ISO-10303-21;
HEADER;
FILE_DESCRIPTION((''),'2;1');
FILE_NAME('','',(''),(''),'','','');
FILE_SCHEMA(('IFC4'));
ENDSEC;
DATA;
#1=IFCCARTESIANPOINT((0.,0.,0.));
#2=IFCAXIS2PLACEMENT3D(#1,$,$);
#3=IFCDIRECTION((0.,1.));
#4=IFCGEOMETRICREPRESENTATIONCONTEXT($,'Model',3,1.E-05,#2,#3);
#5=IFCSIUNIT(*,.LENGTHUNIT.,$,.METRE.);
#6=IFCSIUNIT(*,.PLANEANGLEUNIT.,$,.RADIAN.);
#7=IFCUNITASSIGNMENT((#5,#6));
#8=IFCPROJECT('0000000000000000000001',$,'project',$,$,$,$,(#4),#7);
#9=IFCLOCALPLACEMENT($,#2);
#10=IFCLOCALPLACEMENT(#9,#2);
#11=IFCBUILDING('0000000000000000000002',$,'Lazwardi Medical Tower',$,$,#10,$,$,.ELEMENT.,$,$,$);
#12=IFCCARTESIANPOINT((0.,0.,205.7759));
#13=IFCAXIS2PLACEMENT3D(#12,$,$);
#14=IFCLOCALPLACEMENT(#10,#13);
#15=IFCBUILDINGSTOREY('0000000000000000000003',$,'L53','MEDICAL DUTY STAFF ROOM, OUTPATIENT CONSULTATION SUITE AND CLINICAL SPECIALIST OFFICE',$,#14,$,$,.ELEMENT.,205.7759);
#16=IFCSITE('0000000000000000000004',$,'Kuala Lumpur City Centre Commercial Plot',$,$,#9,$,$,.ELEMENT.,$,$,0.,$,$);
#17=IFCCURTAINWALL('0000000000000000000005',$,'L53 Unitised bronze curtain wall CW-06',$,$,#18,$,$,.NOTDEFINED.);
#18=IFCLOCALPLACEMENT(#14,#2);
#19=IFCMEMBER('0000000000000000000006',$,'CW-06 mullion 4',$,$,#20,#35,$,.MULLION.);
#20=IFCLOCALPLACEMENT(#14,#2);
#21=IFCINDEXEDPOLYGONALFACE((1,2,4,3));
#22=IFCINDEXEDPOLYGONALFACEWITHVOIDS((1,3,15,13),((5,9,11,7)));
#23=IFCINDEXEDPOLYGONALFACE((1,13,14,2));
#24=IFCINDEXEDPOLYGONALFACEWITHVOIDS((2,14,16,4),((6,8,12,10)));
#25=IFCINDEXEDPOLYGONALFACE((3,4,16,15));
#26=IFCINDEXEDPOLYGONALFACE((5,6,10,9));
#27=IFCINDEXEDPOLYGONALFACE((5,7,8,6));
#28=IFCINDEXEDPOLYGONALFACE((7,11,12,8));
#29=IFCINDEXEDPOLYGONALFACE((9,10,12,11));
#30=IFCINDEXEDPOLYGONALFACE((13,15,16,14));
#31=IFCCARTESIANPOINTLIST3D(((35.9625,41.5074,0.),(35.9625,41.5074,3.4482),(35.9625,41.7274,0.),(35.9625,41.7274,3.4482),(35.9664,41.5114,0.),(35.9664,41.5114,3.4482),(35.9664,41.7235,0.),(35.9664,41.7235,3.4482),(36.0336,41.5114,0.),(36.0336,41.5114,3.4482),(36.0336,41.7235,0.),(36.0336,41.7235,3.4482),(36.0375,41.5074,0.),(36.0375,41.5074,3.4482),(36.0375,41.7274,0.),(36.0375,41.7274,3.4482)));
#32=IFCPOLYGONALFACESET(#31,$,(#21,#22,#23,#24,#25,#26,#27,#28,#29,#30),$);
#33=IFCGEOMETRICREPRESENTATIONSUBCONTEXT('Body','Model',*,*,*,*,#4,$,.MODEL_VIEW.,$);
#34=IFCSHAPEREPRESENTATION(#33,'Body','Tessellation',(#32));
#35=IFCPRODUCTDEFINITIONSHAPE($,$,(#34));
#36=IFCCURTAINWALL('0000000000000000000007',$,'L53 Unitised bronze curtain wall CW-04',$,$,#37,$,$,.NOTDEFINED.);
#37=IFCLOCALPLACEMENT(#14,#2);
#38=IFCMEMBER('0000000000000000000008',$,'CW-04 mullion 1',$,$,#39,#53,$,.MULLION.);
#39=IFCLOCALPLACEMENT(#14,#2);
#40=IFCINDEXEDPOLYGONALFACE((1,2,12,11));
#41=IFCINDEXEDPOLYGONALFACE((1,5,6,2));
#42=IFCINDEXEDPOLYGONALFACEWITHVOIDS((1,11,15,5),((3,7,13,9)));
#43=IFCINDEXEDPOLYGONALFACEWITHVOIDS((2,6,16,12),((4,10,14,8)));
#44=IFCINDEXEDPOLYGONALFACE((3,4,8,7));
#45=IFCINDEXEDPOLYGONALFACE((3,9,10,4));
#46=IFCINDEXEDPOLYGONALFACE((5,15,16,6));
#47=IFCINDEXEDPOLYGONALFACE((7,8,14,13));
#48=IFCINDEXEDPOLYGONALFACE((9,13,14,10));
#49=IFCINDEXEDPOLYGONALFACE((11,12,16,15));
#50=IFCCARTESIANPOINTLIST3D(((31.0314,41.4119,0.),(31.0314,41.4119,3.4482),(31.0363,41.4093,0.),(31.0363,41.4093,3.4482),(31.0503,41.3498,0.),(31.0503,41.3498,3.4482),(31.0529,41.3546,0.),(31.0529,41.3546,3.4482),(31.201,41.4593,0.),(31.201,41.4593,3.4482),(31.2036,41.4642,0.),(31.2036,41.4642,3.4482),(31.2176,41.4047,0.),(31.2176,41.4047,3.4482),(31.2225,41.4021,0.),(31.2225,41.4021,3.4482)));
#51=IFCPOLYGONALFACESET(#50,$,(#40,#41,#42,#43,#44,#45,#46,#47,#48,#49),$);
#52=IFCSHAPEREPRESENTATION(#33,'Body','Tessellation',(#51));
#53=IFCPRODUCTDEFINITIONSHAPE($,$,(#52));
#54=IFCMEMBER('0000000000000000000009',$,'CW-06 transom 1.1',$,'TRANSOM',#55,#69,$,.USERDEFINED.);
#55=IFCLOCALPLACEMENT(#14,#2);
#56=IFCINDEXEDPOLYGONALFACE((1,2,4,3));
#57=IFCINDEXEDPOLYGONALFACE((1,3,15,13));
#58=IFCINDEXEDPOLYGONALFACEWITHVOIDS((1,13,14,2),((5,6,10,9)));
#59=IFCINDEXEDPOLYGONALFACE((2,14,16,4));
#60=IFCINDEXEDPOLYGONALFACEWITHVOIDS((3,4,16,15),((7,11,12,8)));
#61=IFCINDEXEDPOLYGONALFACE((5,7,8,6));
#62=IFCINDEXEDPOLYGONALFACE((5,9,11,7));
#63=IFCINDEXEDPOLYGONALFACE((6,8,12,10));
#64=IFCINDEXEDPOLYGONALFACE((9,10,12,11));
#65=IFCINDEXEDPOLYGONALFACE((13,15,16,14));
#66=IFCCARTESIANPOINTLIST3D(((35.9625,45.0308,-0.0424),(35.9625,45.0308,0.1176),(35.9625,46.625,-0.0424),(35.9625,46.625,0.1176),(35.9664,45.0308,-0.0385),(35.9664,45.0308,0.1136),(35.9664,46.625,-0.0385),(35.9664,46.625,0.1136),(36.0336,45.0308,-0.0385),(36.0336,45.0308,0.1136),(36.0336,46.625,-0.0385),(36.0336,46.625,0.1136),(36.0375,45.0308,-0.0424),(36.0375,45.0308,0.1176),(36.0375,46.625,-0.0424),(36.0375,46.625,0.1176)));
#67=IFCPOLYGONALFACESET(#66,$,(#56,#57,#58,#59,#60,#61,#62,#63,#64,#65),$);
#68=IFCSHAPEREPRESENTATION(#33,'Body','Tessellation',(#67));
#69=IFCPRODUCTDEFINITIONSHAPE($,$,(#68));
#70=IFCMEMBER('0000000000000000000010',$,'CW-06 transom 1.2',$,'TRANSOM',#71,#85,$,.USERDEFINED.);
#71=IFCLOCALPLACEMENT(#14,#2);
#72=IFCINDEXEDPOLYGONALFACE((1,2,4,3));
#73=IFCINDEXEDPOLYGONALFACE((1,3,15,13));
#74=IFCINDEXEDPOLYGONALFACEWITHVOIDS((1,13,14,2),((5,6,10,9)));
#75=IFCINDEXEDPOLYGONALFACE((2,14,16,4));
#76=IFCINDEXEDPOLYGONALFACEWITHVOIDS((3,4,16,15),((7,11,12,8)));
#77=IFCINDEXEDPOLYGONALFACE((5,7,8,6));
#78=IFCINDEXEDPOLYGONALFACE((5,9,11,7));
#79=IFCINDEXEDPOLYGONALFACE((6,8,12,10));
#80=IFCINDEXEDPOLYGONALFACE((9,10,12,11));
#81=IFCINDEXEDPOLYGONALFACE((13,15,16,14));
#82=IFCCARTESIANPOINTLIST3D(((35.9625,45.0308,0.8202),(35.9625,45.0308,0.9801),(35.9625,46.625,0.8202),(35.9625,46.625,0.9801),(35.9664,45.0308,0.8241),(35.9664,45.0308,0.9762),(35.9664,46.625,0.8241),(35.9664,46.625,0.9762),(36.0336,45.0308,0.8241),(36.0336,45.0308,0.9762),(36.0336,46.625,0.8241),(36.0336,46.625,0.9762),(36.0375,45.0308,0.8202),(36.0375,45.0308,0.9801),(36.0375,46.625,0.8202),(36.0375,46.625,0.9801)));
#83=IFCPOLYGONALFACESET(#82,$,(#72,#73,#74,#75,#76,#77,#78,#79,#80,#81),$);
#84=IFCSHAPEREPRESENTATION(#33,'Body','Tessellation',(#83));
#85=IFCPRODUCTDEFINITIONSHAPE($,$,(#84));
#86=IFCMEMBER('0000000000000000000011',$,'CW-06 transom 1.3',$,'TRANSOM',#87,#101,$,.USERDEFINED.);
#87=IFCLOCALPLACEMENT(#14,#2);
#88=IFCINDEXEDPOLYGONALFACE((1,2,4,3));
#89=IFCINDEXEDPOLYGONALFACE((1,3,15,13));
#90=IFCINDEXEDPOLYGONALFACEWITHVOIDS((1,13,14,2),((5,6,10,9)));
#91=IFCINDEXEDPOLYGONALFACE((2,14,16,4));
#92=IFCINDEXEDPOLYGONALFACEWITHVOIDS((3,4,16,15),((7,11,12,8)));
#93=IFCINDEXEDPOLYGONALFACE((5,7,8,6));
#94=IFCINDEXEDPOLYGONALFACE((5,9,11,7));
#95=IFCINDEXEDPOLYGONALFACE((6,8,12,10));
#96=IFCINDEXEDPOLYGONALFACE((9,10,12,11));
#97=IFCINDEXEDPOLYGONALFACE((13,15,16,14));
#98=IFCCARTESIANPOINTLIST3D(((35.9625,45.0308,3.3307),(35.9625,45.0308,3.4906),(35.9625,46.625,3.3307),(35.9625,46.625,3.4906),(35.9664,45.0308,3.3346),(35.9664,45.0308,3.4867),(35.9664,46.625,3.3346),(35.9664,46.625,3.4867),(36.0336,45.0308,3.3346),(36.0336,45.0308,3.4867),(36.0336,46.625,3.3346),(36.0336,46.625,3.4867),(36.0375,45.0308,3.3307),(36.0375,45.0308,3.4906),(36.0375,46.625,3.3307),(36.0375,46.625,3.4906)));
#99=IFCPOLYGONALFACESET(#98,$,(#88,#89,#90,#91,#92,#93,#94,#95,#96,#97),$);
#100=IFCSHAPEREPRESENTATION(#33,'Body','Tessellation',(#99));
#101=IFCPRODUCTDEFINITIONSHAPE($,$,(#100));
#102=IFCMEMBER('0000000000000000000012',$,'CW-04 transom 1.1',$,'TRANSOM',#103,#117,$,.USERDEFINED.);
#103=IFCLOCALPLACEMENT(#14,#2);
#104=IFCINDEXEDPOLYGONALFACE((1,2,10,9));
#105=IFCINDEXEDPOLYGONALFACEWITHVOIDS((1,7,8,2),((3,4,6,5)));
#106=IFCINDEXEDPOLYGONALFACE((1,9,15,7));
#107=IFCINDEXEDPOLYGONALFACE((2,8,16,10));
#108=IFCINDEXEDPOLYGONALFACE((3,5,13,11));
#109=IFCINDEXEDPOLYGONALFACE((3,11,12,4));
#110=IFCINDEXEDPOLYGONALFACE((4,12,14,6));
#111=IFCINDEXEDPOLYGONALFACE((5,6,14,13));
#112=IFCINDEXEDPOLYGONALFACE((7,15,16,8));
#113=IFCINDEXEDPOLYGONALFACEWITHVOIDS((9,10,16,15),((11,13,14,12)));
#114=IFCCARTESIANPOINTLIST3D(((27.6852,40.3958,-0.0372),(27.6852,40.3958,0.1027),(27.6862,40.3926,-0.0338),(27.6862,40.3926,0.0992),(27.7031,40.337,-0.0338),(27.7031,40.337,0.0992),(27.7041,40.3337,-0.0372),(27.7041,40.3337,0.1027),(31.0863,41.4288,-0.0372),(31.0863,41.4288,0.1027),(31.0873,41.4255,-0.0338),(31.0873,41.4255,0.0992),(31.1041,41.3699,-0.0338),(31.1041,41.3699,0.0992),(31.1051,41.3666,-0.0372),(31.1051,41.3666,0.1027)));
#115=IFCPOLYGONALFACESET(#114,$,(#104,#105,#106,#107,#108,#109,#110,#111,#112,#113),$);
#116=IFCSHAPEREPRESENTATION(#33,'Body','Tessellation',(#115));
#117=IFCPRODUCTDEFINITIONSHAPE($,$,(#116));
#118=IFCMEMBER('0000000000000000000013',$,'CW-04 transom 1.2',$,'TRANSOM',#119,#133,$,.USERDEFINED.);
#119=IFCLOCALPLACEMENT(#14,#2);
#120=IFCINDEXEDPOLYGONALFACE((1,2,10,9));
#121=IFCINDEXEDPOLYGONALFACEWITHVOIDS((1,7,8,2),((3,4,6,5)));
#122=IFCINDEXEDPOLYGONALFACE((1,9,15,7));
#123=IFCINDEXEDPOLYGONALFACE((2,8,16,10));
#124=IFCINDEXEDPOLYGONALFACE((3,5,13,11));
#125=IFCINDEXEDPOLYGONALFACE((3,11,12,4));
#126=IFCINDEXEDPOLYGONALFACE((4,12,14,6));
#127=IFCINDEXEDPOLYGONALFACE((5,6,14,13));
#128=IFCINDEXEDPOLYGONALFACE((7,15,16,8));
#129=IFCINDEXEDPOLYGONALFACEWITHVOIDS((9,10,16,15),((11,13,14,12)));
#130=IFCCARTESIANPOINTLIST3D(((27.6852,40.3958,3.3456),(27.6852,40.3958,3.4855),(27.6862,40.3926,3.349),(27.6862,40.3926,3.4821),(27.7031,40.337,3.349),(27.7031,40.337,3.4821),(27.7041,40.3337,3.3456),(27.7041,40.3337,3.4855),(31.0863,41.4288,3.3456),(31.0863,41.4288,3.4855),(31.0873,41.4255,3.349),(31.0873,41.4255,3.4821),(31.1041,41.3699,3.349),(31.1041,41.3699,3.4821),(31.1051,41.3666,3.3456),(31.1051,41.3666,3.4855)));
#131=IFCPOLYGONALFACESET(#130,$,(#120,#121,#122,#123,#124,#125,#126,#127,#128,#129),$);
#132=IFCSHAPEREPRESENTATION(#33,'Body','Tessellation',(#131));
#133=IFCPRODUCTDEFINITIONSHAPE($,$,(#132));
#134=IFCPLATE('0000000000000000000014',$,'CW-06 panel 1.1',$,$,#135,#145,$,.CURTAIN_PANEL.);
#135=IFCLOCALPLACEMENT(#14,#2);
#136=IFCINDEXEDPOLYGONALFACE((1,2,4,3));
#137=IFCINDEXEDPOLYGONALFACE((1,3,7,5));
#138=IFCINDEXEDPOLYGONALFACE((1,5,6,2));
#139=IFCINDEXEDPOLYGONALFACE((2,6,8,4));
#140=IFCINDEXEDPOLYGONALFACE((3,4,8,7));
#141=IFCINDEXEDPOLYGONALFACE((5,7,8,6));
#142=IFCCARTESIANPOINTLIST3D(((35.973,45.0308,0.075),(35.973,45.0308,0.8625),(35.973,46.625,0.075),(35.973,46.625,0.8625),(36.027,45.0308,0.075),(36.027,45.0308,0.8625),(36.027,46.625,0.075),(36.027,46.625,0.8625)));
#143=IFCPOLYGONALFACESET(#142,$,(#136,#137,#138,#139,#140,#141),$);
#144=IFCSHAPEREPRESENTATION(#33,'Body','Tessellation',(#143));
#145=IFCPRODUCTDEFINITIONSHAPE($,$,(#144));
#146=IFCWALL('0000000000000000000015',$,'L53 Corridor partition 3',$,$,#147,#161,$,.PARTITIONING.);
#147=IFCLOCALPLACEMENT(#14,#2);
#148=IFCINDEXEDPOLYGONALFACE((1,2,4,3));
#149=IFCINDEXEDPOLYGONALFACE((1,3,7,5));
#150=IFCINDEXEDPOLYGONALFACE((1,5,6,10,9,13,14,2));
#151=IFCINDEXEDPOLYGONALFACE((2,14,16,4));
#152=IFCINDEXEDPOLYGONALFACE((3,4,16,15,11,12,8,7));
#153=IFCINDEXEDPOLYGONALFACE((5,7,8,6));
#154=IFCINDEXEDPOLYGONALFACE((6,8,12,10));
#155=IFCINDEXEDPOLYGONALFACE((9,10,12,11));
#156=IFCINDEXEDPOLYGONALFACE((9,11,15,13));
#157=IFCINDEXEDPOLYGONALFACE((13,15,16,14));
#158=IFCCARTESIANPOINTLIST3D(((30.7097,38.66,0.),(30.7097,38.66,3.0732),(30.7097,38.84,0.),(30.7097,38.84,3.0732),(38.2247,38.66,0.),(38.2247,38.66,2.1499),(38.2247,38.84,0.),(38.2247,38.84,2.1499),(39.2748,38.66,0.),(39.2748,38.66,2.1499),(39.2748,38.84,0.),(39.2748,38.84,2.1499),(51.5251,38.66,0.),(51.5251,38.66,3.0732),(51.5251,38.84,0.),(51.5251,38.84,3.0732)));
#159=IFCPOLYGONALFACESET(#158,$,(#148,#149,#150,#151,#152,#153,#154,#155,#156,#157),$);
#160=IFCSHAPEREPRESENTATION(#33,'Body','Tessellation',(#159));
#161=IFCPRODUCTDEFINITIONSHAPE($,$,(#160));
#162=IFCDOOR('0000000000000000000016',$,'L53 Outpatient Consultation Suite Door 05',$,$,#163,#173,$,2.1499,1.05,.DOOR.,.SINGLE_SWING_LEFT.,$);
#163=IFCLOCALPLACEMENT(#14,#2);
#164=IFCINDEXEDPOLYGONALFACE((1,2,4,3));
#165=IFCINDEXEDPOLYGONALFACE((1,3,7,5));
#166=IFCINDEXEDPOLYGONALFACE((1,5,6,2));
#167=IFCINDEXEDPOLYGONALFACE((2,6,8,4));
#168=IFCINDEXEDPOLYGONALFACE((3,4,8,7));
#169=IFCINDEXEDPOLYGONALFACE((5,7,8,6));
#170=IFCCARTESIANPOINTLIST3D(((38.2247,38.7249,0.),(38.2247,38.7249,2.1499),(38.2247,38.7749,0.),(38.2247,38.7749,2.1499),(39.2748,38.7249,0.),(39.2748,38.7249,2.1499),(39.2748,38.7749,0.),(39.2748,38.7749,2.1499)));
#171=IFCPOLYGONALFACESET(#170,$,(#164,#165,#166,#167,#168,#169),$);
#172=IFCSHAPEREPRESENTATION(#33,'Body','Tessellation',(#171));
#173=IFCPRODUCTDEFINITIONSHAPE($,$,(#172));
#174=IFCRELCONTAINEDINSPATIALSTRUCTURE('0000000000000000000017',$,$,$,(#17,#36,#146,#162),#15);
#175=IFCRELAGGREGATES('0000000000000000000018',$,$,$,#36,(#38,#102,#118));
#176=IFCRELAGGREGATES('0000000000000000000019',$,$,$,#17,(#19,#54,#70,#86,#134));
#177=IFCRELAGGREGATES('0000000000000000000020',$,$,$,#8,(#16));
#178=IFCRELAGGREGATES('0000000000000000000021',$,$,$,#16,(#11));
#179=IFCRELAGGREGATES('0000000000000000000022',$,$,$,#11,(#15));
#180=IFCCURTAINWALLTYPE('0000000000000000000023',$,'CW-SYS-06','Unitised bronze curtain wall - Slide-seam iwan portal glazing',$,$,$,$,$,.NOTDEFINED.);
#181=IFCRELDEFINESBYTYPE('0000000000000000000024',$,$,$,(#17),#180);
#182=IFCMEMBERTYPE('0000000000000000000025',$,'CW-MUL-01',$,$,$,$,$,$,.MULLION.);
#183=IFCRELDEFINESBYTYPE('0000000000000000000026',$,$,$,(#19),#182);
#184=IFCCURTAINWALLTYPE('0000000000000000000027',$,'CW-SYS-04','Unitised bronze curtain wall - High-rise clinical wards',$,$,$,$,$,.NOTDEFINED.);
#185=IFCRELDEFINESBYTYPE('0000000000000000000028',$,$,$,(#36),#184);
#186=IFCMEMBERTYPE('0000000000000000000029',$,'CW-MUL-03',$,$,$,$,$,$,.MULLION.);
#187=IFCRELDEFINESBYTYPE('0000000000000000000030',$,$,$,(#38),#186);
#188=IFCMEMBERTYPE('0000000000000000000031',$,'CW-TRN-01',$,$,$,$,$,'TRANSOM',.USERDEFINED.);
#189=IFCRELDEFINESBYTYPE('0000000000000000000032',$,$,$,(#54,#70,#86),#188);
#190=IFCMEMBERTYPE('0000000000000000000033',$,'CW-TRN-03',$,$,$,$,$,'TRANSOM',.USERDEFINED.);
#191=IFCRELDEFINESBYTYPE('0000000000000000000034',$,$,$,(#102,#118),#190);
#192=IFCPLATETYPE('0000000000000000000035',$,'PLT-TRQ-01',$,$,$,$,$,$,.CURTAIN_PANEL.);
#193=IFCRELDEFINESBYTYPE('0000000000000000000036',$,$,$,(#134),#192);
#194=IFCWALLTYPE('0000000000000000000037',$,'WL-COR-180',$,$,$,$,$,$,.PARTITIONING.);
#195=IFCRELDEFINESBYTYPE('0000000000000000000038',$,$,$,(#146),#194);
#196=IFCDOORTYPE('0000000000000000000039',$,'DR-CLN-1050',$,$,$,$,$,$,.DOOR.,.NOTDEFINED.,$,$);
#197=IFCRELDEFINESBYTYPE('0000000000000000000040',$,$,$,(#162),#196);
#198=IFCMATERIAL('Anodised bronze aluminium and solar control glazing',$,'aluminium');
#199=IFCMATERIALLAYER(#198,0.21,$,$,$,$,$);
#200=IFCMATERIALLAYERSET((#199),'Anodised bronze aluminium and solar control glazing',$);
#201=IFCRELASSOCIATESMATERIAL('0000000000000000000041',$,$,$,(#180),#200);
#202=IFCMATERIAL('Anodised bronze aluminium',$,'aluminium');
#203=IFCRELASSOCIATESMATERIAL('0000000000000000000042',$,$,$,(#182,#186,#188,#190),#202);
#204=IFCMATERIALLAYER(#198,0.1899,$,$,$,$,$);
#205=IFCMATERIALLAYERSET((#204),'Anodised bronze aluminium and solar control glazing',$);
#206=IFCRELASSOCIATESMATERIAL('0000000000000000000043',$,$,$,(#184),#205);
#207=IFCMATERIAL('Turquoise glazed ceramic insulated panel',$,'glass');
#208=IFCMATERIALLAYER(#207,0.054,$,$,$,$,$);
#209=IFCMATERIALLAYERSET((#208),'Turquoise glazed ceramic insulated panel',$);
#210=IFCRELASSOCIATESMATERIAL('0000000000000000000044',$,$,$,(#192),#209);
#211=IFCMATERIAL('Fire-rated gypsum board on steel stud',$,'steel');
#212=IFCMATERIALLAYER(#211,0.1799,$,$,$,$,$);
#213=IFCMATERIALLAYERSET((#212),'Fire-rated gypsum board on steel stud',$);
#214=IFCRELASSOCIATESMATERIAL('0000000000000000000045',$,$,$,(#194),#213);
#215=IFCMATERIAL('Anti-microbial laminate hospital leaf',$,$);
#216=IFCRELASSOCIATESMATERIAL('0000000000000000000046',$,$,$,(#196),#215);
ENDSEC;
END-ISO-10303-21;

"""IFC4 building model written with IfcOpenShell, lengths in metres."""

from ifc_helpers import new_model, si_unit, direction, frame, frame_2d, origin, origin_2d, place, context, subcontext, project, spatial, rectangle, hollow_rectangle, extrude, material, layer, layer_set, material_profile, profile_set, type_object, element, fill, aggregate, save


model = new_model("IFC4")

# Units and contexts
model_context = context("Model", 3, precision=1e-05, world=origin(), true_north=direction((0.0, 1.0)))
body_context = subcontext(model_context, "Body", "Model", "MODEL_VIEW")
ifc_project = project(units=[si_unit("LENGTHUNIT", "METRE"), si_unit("PLANEANGLEUNIT", "RADIAN")], contexts=[model_context])

# Site, building, storey
site_placement = place(None, origin())
site = spatial("IfcSite", under=ifc_project, at=site_placement, Name="Kuala Lumpur City Centre Commercial Plot", CompositionType="ELEMENT", RefElevation=0.0)
building_placement = place(site_placement, origin())
building = spatial("IfcBuilding", under=site, at=building_placement, Name="Lazwardi Medical Tower", CompositionType="ELEMENT")
storey_placement = place(building_placement, frame((0.0, 0.0, 205.7759)))
storey = spatial("IfcBuildingStorey", under=building, at=storey_placement, Name="L53", Description="MEDICAL DUTY STAFF ROOM, OUTPATIENT CONSULTATION SUITE AND CLINICAL SPECIALIST OFFICE", CompositionType="ELEMENT", Elevation=205.7759)

# Curtain wall, member
ifc_material_1 = material(Name="Anodised bronze aluminium and solar control glazing", Category="aluminium")
ifc_layer_1 = layer(ifc_material_1, 0.21)
ifc_layer_set_1 = layer_set([ifc_layer_1], Name="Anodised bronze aluminium and solar control glazing")
curtain_wall_type_1 = type_object("IfcCurtainWallType", Name="CW-SYS-06", Description="Unitised bronze curtain wall - Slide-seam iwan portal glazing", PredefinedType="NOTDEFINED", material=ifc_layer_set_1)
curtain_wall_1_placement = place(storey_placement, origin())
curtain_wall_1 = element("IfcCurtainWall", 1, at=curtain_wall_1_placement, inside=storey, type_object=curtain_wall_type_1, Name="L53 Unitised bronze curtain wall CW-06", PredefinedType="NOTDEFINED")
ifc_material_2 = material(Name="Anodised bronze aluminium", Category="aluminium")
ifc_material_profile_1 = material_profile(ifc_material_2, hollow_rectangle(XDim=0.075, YDim=0.22, WallThickness=0.0039, at=origin_2d()), Name="ALU-MULLION 220x75x4")
ifc_profile_set_1 = profile_set([ifc_material_profile_1], Name="Anodised bronze aluminium")
member_type_1 = type_object("IfcMemberType", Name="CW-MUL-01", PredefinedType="MULLION", material=ifc_profile_set_1)
member_1_placement = place(storey_placement, frame((36.0, 41.6174, 0.0), z_axis=(0.0, 0.0, 1.0), x_axis=(1.0, 0.0, 0.0)))
member_1 = element("IfcMember", 2, at=member_1_placement, type_object=member_type_1, Name="CW-06 mullion 4", PredefinedType="MULLION", context=body_context, shape_type="SweptSolid", body=[
    extrude(hollow_rectangle(XDim=0.075, YDim=0.22, WallThickness=0.0039, at=origin_2d()), origin(), (0.0, 0.0, 1.0), 3.4482),
])

# Curtain wall, member
ifc_layer_2 = layer(ifc_material_1, 0.1899)
ifc_layer_set_2 = layer_set([ifc_layer_2], Name="Anodised bronze aluminium and solar control glazing")
curtain_wall_type_2 = type_object("IfcCurtainWallType", Name="CW-SYS-04", Description="Unitised bronze curtain wall - High-rise clinical wards", PredefinedType="NOTDEFINED", material=ifc_layer_set_2)
curtain_wall_2_placement = place(storey_placement, origin())
curtain_wall_2 = element("IfcCurtainWall", 3, at=curtain_wall_2_placement, inside=storey, type_object=curtain_wall_type_2, Name="L53 Unitised bronze curtain wall CW-04", PredefinedType="NOTDEFINED")
ifc_material_profile_2 = material_profile(ifc_material_2, hollow_rectangle(XDim=0.0649, YDim=0.1799, WallThickness=0.0039, at=origin_2d()), Name="ALU-MULLION 180x65x4")
ifc_profile_set_2 = profile_set([ifc_material_profile_2], Name="Anodised bronze aluminium")
member_type_2 = type_object("IfcMemberType", Name="CW-MUL-03", PredefinedType="MULLION", material=ifc_profile_set_2)
member_2_placement = place(storey_placement, frame((31.127, 41.407, 0.0), z_axis=(0.0, 0.0, 1.0), x_axis=(0.290582, -0.95685, 0.0)))
member_2 = element("IfcMember", 4, at=member_2_placement, type_object=member_type_2, Name="CW-04 mullion 1", PredefinedType="MULLION", context=body_context, shape_type="SweptSolid", body=[
    extrude(hollow_rectangle(XDim=0.0649, YDim=0.1799, WallThickness=0.0039, at=origin_2d()), origin(), (0.0, 0.0, 1.0), 3.4482),
])

# Members
ifc_material_profile_3 = material_profile(ifc_material_2, hollow_rectangle(XDim=0.075, YDim=0.1599, WallThickness=0.0039, at=origin_2d()), Name="ALU-TRANSOM 160x75x4")
ifc_profile_set_3 = profile_set([ifc_material_profile_3], Name="Anodised bronze aluminium")
member_type_3 = type_object("IfcMemberType", Name="CW-TRN-01", ElementType="TRANSOM", PredefinedType="USERDEFINED", material=ifc_profile_set_3)
member_3_placement = place(storey_placement, frame((36.0, 46.625, 0.0376), z_axis=(0.0, -1.0, 0.0), x_axis=(1.0, 0.0, 0.0)))
member_3 = element("IfcMember", 5, at=member_3_placement, type_object=member_type_3, Name="CW-06 transom 1.1", ObjectType="TRANSOM", PredefinedType="USERDEFINED", context=body_context, shape_type="SweptSolid", body=[
    extrude(hollow_rectangle(XDim=0.075, YDim=0.1599, WallThickness=0.0039, at=origin_2d()), origin(), (0.0, 0.0, 1.0), 1.5942),
])
member_4_placement = place(storey_placement, frame((36.0, 46.625, 0.9001), z_axis=(0.0, -1.0, 0.0), x_axis=(1.0, 0.0, 0.0)))
member_4 = element("IfcMember", 6, at=member_4_placement, type_object=member_type_3, Name="CW-06 transom 1.2", ObjectType="TRANSOM", PredefinedType="USERDEFINED", context=body_context, shape_type="SweptSolid", body=[
    extrude(hollow_rectangle(XDim=0.075, YDim=0.1599, WallThickness=0.0039, at=origin_2d()), origin(), (0.0, 0.0, 1.0), 1.5942),
])
member_5_placement = place(storey_placement, frame((36.0, 46.625, 3.4106), z_axis=(0.0, -1.0, 0.0), x_axis=(1.0, 0.0, 0.0)))
member_5 = element("IfcMember", 7, at=member_5_placement, type_object=member_type_3, Name="CW-06 transom 1.3", ObjectType="TRANSOM", PredefinedType="USERDEFINED", context=body_context, shape_type="SweptSolid", body=[
    extrude(hollow_rectangle(XDim=0.075, YDim=0.1599, WallThickness=0.0039, at=origin_2d()), origin(), (0.0, 0.0, 1.0), 1.5942),
])
ifc_material_profile_4 = material_profile(ifc_material_2, hollow_rectangle(XDim=0.0649, YDim=0.1399, WallThickness=0.0034, at=origin_2d()), Name="ALU-TRANSOM 140x65x3.5")
ifc_profile_set_4 = profile_set([ifc_material_profile_4], Name="Anodised bronze aluminium")
member_type_4 = type_object("IfcMemberType", Name="CW-TRN-03", ElementType="TRANSOM", PredefinedType="USERDEFINED", material=ifc_profile_set_4)
member_6_placement = place(storey_placement, frame((31.0957, 41.3977, 0.0327), z_axis=(-0.956843, -0.290604, 0.0), x_axis=(0.290604, -0.956843, 0.0)))
member_6 = element("IfcMember", 8, at=member_6_placement, type_object=member_type_4, Name="CW-04 transom 1.1", ObjectType="TRANSOM", PredefinedType="USERDEFINED", context=body_context, shape_type="SweptSolid", body=[
    extrude(hollow_rectangle(XDim=0.0649, YDim=0.1399, WallThickness=0.0034, at=origin_2d()), origin(), (0.0, 0.0, 1.0), 3.5544),
])
member_7_placement = place(storey_placement, frame((31.0957, 41.3977, 3.4155), z_axis=(-0.956843, -0.290604, 0.0), x_axis=(0.290604, -0.956843, 0.0)))
member_7 = element("IfcMember", 9, at=member_7_placement, type_object=member_type_4, Name="CW-04 transom 1.2", ObjectType="TRANSOM", PredefinedType="USERDEFINED", context=body_context, shape_type="SweptSolid", body=[
    extrude(hollow_rectangle(XDim=0.0649, YDim=0.1399, WallThickness=0.0034, at=origin_2d()), origin(), (0.0, 0.0, 1.0), 3.5544),
])
aggregate(curtain_wall_2, [member_2, member_6, member_7])

# Plate
ifc_material_3 = material(Name="Turquoise glazed ceramic insulated panel", Category="glass")
ifc_layer_3 = layer(ifc_material_3, 0.054)
ifc_layer_set_3 = layer_set([ifc_layer_3], Name="Turquoise glazed ceramic insulated panel")
plate_type = type_object("IfcPlateType", Name="PLT-TRQ-01", PredefinedType="CURTAIN_PANEL", material=ifc_layer_set_3)
plate_placement = place(storey_placement, frame((36.0, 45.8279, 0.075), z_axis=(0.0, 0.0, 1.0), x_axis=(0.0, -1.0, 0.0)))
plate = element("IfcPlate", 10, at=plate_placement, type_object=plate_type, Name="CW-06 panel 1.1", PredefinedType="CURTAIN_PANEL", context=body_context, shape_type="SweptSolid", body=[
    extrude(rectangle(XDim=1.5942, YDim=0.054, at=origin_2d()), origin(), (0.0, 0.0, 1.0), 0.7876),
])
aggregate(curtain_wall_1, [member_1, member_3, member_4, member_5, plate])

# Wall, opening, door
ifc_material_4 = material(Name="Fire-rated gypsum board on steel stud", Category="steel")
ifc_layer_4 = layer(ifc_material_4, 0.1799)
ifc_layer_set_4 = layer_set([ifc_layer_4], Name="Fire-rated gypsum board on steel stud")
wall_type_1 = type_object("IfcWallType", Name="WL-COR-180", PredefinedType="PARTITIONING", material=ifc_layer_set_4)
wall_1_placement = place(storey_placement, frame((30.7097, 38.75, 0.0), z_axis=(0.0, 0.0, 1.0), x_axis=(1.0, 0.0, 0.0)))
wall_1 = element("IfcWall", 11, at=wall_1_placement, inside=storey, type_object=wall_type_1, Name="L53 Corridor partition 3", PredefinedType="PARTITIONING", context=body_context, shape_type="SweptSolid", body=[
    extrude(rectangle(XDim=20.8154, YDim=0.1799, at=frame_2d((10.4077, 0.0))), origin(), (0.0, 0.0, 1.0), 3.0732),
])
opening_placement = place(wall_1_placement, frame((7.5151, 0.0, 0.0)))
opening = element("IfcOpeningElement", 12, at=opening_placement, cuts=wall_1, PredefinedType="OPENING", context=body_context, shape_type="SweptSolid", body=[
    extrude(rectangle(XDim=1.05, YDim=2.1499, at=frame_2d((0.5249, 1.075))), frame((0.0, 0.0999, 0.0), z_axis=(0.0, -1.0, 0.0), x_axis=(1.0, 0.0, 0.0)), (0.0, 0.0, 1.0), 0.2),
])
ifc_material_5 = material(Name="Anti-microbial laminate hospital leaf")
door_type = type_object("IfcDoorType", Name="DR-CLN-1050", OperationType="NOTDEFINED", PredefinedType="DOOR", material=ifc_material_5)
door_placement = place(opening_placement, origin())
door = element("IfcDoor", 13, at=door_placement, inside=storey, type_object=door_type, Name="L53 Outpatient Consultation Suite Door 05", OperationType="SINGLE_SWING_LEFT", OverallHeight=2.1499, OverallWidth=1.05, PredefinedType="DOOR", context=body_context, shape_type="SweptSolid", body=[
    extrude(rectangle(XDim=1.05, YDim=2.1499, at=frame_2d((0.5249, 1.075))), frame((0.0, 0.0249, 0.0), z_axis=(0.0, -1.0, 0.0), x_axis=(1.0, 0.0, 0.0)), (0.0, 0.0, 1.0), 0.05),
])
fill(opening, door)

save(model, "model.ifc")
